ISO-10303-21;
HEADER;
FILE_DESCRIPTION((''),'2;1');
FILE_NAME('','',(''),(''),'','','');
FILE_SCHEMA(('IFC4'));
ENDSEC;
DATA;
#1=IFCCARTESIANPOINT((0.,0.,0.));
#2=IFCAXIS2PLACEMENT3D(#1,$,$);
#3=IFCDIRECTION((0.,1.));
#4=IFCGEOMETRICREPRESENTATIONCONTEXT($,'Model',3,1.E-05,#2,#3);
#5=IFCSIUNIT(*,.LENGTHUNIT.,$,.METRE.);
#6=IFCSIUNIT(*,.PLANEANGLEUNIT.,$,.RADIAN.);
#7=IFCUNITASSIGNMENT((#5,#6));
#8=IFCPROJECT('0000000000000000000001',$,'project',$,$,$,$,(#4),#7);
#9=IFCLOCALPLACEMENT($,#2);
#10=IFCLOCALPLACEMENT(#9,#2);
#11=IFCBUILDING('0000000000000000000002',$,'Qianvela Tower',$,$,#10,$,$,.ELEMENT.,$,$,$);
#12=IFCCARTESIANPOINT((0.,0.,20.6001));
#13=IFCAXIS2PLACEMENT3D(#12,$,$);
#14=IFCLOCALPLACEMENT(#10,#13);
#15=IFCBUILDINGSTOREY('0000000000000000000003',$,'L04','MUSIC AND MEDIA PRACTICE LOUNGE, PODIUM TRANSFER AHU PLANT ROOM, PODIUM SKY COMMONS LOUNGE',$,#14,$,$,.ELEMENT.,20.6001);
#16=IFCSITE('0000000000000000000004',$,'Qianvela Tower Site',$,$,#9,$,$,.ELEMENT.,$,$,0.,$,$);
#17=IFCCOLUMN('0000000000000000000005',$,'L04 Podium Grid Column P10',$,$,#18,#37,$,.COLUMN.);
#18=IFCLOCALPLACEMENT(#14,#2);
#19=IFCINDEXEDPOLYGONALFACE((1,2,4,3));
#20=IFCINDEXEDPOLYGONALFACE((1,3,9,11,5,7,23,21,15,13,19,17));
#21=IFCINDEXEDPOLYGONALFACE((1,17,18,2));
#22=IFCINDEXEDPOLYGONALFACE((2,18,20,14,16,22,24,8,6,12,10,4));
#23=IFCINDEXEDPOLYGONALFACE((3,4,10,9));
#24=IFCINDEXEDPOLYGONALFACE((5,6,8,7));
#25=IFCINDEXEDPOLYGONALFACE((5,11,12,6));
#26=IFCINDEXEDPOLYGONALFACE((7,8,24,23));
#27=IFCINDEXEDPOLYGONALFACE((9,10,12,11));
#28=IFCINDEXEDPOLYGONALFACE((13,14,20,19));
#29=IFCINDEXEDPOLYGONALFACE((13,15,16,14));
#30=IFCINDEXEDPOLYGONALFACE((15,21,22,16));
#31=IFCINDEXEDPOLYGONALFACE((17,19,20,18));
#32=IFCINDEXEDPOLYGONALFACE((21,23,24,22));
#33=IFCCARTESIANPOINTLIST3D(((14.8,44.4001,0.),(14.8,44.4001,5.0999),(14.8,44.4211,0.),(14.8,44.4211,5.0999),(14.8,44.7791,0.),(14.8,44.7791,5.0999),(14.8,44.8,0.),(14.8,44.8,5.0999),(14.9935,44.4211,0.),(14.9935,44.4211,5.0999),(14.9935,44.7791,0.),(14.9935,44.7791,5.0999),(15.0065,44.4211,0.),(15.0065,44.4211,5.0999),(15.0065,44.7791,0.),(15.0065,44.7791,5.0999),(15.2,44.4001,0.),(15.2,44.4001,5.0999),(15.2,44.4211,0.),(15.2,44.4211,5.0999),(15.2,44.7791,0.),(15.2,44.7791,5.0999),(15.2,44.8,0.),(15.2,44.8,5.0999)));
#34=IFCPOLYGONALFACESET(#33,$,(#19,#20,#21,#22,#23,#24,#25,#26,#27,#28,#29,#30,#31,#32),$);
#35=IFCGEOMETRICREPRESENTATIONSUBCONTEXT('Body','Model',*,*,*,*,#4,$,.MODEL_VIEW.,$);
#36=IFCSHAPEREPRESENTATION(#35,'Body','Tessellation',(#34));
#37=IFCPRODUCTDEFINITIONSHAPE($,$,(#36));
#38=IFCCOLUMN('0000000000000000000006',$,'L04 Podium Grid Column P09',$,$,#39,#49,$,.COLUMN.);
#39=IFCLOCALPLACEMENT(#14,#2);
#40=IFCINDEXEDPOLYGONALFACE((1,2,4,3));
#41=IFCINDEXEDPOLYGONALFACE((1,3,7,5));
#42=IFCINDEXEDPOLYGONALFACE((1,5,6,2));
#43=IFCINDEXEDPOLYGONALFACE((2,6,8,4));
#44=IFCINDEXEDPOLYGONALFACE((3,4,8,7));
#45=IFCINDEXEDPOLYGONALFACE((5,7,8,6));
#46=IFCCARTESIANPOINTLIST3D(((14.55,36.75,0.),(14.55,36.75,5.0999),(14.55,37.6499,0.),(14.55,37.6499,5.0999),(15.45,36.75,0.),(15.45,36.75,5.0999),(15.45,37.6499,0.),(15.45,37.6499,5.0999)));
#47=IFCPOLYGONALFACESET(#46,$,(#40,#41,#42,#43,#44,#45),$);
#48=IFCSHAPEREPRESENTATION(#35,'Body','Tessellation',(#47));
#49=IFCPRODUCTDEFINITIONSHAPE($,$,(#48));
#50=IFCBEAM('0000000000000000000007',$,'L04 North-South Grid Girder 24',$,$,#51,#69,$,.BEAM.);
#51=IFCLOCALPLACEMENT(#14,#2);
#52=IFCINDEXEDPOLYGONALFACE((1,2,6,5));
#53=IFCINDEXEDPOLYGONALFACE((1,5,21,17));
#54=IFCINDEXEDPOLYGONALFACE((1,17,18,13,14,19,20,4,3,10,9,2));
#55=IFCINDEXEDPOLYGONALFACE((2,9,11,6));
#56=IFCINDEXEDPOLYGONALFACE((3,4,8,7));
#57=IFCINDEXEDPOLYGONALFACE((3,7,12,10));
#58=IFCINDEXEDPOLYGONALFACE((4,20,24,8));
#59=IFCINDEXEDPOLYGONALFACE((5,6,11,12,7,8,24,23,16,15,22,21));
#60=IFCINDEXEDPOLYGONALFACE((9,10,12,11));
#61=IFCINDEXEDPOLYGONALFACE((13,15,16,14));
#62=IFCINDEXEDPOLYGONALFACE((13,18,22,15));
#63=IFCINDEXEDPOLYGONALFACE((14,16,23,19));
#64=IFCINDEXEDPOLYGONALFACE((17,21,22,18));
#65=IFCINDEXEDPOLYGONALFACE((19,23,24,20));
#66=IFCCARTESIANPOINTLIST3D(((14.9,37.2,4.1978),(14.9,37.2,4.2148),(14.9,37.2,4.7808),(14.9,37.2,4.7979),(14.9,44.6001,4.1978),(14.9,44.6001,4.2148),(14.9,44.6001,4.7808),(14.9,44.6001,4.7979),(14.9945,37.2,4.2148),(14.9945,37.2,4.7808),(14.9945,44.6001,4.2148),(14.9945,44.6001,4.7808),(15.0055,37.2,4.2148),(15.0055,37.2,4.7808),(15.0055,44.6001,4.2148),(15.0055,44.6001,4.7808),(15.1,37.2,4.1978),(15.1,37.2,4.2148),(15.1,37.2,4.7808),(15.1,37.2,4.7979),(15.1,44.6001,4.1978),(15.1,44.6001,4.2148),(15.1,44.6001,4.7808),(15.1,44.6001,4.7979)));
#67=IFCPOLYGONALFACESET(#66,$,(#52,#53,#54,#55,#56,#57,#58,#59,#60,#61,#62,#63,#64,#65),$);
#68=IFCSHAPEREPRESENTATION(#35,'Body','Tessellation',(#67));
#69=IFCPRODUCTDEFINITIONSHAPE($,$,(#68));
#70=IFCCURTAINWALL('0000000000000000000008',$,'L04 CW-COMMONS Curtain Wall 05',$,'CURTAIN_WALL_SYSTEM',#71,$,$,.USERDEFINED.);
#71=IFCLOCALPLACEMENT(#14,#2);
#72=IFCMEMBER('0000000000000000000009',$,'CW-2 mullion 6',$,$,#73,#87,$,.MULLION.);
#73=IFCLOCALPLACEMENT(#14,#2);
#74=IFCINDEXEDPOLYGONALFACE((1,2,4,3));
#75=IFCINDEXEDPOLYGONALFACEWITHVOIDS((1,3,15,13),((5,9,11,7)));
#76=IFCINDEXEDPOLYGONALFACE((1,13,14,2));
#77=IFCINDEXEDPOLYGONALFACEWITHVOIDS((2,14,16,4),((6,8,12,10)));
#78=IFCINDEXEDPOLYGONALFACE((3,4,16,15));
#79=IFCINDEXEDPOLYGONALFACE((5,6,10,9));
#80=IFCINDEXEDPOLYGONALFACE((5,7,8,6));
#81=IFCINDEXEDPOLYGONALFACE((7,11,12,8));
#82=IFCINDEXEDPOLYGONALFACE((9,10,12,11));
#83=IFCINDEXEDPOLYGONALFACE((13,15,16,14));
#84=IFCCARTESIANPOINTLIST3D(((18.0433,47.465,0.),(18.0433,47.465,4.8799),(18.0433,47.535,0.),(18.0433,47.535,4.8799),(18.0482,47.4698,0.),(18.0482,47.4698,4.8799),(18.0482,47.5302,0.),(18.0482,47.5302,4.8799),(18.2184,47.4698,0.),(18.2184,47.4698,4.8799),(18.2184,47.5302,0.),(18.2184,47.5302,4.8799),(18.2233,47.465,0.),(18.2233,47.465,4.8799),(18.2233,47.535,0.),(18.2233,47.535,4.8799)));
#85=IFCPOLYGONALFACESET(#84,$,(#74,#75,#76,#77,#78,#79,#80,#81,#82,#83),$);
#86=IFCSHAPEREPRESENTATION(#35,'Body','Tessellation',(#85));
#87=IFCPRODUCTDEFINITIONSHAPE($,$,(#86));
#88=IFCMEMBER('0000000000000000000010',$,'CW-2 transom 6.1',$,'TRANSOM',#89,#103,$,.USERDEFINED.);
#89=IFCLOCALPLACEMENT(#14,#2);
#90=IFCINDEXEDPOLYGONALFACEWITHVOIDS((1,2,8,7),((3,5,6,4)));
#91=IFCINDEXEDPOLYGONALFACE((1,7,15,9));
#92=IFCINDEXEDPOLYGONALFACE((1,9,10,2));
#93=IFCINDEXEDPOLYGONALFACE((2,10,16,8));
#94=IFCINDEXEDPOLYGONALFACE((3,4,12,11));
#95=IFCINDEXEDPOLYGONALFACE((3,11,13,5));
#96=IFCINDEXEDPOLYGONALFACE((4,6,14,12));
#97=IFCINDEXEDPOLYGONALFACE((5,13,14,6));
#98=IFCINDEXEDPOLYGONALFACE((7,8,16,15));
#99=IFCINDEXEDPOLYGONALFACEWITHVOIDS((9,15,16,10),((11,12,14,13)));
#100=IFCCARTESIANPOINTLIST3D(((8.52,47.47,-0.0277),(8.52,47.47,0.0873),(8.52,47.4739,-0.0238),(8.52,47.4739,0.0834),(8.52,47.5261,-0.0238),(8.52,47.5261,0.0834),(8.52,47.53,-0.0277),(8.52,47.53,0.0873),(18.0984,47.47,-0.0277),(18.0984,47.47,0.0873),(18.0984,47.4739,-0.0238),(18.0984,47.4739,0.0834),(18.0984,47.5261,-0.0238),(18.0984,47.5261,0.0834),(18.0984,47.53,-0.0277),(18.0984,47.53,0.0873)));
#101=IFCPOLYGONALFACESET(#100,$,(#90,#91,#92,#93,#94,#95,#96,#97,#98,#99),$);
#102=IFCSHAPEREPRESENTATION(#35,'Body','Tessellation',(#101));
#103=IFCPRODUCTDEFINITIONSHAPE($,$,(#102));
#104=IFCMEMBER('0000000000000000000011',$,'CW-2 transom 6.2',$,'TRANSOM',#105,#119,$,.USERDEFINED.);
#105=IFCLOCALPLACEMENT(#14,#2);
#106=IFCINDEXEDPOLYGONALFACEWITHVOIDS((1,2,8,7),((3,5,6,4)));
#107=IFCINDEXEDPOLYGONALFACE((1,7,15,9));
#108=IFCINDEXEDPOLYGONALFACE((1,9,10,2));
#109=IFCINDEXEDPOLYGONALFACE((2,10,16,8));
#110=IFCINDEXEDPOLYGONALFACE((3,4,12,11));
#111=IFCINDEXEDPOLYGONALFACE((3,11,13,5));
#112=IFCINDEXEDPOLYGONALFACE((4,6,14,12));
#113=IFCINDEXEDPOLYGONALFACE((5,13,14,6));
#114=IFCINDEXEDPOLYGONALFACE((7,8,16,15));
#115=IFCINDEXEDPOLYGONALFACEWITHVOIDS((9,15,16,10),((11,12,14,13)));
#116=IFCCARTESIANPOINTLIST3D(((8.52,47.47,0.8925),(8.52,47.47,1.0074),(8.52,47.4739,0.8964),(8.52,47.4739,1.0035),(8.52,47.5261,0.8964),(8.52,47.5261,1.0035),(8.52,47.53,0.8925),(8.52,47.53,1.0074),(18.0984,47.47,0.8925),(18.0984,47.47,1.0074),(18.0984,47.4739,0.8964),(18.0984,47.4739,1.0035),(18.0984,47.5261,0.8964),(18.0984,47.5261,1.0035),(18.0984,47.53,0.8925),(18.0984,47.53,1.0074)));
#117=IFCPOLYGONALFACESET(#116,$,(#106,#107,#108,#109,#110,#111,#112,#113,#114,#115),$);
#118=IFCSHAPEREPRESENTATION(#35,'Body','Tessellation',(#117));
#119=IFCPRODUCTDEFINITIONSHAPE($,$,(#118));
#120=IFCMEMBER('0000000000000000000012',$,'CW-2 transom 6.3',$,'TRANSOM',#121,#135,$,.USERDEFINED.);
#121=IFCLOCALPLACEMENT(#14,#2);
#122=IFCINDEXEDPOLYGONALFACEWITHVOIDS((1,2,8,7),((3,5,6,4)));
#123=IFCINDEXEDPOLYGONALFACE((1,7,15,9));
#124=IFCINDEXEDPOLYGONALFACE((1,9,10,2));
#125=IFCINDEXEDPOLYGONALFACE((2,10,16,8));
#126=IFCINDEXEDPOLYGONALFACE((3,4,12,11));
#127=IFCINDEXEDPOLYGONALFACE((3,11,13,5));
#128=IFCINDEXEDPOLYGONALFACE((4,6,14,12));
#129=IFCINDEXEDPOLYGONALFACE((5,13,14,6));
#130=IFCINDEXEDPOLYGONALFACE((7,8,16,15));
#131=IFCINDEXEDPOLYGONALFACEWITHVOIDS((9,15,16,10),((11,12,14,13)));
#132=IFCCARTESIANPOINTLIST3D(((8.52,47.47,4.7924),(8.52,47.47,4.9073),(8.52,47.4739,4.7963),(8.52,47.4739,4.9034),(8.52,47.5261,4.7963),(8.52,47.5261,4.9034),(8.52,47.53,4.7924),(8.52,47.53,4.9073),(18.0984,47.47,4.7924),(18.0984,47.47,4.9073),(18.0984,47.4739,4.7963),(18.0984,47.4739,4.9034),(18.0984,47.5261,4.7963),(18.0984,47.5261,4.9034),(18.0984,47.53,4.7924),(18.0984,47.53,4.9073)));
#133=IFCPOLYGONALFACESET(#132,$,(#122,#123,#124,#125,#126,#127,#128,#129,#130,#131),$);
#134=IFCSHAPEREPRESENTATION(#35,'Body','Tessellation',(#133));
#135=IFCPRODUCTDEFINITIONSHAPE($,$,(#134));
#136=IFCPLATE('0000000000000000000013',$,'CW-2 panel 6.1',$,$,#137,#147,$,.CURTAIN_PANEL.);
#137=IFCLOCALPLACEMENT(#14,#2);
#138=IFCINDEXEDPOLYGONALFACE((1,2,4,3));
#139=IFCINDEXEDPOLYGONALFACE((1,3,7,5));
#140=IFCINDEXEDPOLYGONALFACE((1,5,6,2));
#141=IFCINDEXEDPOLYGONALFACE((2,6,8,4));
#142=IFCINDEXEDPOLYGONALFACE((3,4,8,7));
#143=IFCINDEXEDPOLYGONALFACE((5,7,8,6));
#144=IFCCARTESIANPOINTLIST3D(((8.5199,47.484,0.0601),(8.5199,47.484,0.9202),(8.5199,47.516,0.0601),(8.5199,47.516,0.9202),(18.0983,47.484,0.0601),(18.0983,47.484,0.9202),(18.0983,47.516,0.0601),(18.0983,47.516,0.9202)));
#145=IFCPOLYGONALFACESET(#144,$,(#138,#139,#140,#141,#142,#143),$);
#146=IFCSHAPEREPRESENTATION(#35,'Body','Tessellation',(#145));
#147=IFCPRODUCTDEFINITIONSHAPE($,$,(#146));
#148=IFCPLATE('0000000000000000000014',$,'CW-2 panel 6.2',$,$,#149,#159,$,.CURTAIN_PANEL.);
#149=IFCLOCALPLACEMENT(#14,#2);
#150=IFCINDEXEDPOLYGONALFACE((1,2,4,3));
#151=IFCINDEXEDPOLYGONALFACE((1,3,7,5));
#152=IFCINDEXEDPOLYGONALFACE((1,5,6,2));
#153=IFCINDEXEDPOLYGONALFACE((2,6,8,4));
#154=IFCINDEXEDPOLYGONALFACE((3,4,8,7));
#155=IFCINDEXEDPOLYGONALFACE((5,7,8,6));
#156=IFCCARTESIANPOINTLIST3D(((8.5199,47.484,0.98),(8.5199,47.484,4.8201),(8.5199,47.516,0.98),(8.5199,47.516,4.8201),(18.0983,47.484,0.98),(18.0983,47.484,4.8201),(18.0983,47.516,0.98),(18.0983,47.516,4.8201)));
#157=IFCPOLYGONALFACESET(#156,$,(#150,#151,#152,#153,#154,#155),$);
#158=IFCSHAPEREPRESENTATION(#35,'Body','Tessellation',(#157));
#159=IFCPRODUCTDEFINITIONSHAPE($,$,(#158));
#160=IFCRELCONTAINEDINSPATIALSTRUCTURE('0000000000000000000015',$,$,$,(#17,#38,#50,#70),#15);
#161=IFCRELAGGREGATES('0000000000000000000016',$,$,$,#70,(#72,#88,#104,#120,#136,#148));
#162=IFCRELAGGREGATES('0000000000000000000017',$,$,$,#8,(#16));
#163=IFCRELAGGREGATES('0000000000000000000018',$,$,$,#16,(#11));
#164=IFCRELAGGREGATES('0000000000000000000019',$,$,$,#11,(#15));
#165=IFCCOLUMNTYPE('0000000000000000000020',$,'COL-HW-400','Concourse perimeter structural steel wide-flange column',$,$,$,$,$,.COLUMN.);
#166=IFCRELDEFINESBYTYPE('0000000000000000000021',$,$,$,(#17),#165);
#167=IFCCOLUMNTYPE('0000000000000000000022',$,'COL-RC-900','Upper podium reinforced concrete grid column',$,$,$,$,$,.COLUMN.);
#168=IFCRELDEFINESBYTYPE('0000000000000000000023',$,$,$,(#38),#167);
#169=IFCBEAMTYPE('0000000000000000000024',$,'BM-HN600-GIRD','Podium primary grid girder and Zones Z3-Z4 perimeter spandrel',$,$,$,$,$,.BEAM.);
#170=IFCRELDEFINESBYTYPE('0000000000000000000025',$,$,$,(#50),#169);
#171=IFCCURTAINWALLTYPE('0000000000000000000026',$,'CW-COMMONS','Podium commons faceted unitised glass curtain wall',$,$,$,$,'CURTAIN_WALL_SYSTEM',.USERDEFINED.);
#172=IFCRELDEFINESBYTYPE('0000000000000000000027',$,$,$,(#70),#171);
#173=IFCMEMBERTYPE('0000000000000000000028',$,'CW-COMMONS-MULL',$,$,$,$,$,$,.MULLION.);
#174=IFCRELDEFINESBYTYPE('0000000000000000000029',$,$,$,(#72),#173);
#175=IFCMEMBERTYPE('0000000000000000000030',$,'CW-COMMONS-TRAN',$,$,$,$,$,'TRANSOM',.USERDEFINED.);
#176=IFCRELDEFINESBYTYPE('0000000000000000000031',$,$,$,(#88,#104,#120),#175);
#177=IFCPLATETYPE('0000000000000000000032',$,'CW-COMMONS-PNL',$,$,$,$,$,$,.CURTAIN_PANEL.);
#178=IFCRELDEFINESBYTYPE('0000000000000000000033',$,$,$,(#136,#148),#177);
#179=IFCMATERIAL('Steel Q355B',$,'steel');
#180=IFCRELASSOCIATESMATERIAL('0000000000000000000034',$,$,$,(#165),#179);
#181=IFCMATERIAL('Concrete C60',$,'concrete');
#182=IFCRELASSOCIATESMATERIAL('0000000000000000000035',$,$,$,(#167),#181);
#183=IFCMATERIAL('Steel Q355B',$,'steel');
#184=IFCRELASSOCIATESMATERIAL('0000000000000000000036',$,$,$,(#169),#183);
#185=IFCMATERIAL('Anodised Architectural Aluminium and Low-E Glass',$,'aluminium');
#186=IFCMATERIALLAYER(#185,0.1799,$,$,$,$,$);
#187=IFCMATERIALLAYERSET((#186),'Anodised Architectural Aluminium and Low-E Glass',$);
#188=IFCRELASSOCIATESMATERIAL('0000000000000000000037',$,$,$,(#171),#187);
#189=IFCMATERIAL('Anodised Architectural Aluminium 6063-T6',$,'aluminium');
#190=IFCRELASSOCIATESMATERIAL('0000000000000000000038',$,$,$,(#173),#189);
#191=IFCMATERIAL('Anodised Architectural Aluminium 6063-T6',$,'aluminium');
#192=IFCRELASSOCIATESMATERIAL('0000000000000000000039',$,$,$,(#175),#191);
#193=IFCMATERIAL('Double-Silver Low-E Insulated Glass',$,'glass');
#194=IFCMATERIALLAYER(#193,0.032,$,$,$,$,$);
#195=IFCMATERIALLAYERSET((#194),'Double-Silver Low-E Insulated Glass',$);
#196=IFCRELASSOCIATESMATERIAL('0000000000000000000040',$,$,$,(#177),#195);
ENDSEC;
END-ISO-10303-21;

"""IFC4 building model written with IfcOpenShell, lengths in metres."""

from ifc_helpers import new_model, si_unit, direction, frame, origin, origin_2d, place, context, subcontext, project, spatial, rectangle, hollow_rectangle, i_section, extrude, material, layer, layer_set, material_profile, profile_set, type_object, element, aggregate, save


model = new_model("IFC4")

# Units and contexts
model_context = context("Model", 3, precision=1e-05, world=origin(), true_north=direction((0.0, 1.0)))
body_context = subcontext(model_context, "Body", "Model", "MODEL_VIEW")
ifc_project = project(units=[si_unit("LENGTHUNIT", "METRE"), si_unit("PLANEANGLEUNIT", "RADIAN")], contexts=[model_context])

# Site, building, storey
site_placement = place(None, origin())
site = spatial("IfcSite", under=ifc_project, at=site_placement, Name="Qianvela Tower Site", CompositionType="ELEMENT", RefElevation=0.0)
building_placement = place(site_placement, origin())
building = spatial("IfcBuilding", under=site, at=building_placement, Name="Qianvela Tower", CompositionType="ELEMENT")
storey_placement = place(building_placement, frame((0.0, 0.0, 20.6001)))
storey = spatial("IfcBuildingStorey", under=building, at=storey_placement, Name="L04", Description="MUSIC AND MEDIA PRACTICE LOUNGE, PODIUM TRANSFER AHU PLANT ROOM, PODIUM SKY COMMONS LOUNGE", CompositionType="ELEMENT", Elevation=20.6001)

# Columns
ifc_material_1 = material(Name="Steel Q355B", Category="steel")
ifc_material_profile_1 = material_profile(ifc_material_1, i_section(OverallWidth=0.3999, OverallDepth=0.3999, WebThickness=0.0129, FlangeThickness=0.021, at=origin_2d()), Name="HW400x400x13x21")
ifc_profile_set_1 = profile_set([ifc_material_profile_1], Name="Steel Q355B")
column_type_1 = type_object("IfcColumnType", Name="COL-HW-400", Description="Concourse perimeter structural steel wide-flange column", PredefinedType="COLUMN", material=ifc_profile_set_1)
column_1_placement = place(storey_placement, frame((15.0, 44.6001, 0.0), z_axis=(0.0, 0.0, 1.0), x_axis=(1.0, 0.0, 0.0)))
element("IfcColumn", 1, at=column_1_placement, inside=storey, type_object=column_type_1, Name="L04 Podium Grid Column P10", PredefinedType="COLUMN", context=body_context, shape_type="SweptSolid", body=[
    extrude(i_section(OverallWidth=0.3999, OverallDepth=0.3999, WebThickness=0.0129, FlangeThickness=0.021, at=origin_2d()), origin(), (0.0, 0.0, 1.0), 5.0999),
])
ifc_material_2 = material(Name="Concrete C60", Category="concrete")
ifc_material_profile_2 = material_profile(ifc_material_2, rectangle(XDim=0.8999, YDim=0.8999, at=origin_2d()), Name="RC-COL-900x900")
ifc_profile_set_2 = profile_set([ifc_material_profile_2], Name="Concrete C60")
column_type_2 = type_object("IfcColumnType", Name="COL-RC-900", Description="Upper podium reinforced concrete grid column", PredefinedType="COLUMN", material=ifc_profile_set_2)
column_2_placement = place(storey_placement, frame((15.0, 37.2, 0.0), z_axis=(0.0, 0.0, 1.0), x_axis=(1.0, 0.0, 0.0)))
element("IfcColumn", 2, at=column_2_placement, inside=storey, type_object=column_type_2, Name="L04 Podium Grid Column P09", PredefinedType="COLUMN", context=body_context, shape_type="SweptSolid", body=[
    extrude(rectangle(XDim=0.8999, YDim=0.8999, at=origin_2d()), origin(), (0.0, 0.0, 1.0), 5.0999),
])

# Beam
ifc_material_3 = material(Name="Steel Q355B", Category="steel")
ifc_material_profile_3 = material_profile(ifc_material_3, i_section(OverallWidth=0.2, OverallDepth=0.6001, WebThickness=0.011, FlangeThickness=0.0171, at=origin_2d()), Name="HN600x200x11x17")
ifc_profile_set_3 = profile_set([ifc_material_profile_3], Name="Steel Q355B")
beam_type = type_object("IfcBeamType", Name="BM-HN600-GIRD", Description="Podium primary grid girder and Zones Z3-Z4 perimeter spandrel", PredefinedType="BEAM", material=ifc_profile_set_3)
beam_placement = place(storey_placement, frame((15.0, 37.2, 4.4978), z_axis=(0.0, 1.0, 0.0), x_axis=(-1.0, 0.0, 0.0)))
element("IfcBeam", 3, at=beam_placement, inside=storey, type_object=beam_type, Name="L04 North-South Grid Girder 24", PredefinedType="BEAM", context=body_context, shape_type="SweptSolid", body=[
    extrude(i_section(OverallWidth=0.2, OverallDepth=0.6001, WebThickness=0.011, FlangeThickness=0.0171, at=origin_2d()), origin(), (0.0, 0.0, 1.0), 7.4001),
])

# Curtain wall, members, plates
ifc_material_4 = material(Name="Anodised Architectural Aluminium and Low-E Glass", Category="aluminium")
ifc_layer_1 = layer(ifc_material_4, 0.1799)
ifc_layer_set_1 = layer_set([ifc_layer_1], Name="Anodised Architectural Aluminium and Low-E Glass")
curtain_wall_type = type_object("IfcCurtainWallType", Name="CW-COMMONS", Description="Podium commons faceted unitised glass curtain wall", ElementType="CURTAIN_WALL_SYSTEM", PredefinedType="USERDEFINED", material=ifc_layer_set_1)
curtain_wall_placement = place(storey_placement, origin())
curtain_wall = element("IfcCurtainWall", 4, at=curtain_wall_placement, inside=storey, type_object=curtain_wall_type, Name="L04 CW-COMMONS Curtain Wall 05", ObjectType="CURTAIN_WALL_SYSTEM", PredefinedType="USERDEFINED")
ifc_material_5 = material(Name="Anodised Architectural Aluminium 6063-T6", Category="aluminium")
ifc_material_profile_4 = material_profile(ifc_material_5, hollow_rectangle(XDim=0.0701, YDim=0.1799, WallThickness=0.0049, at=origin_2d()), Name="ALU-MULL-70x180")
ifc_profile_set_4 = profile_set([ifc_material_profile_4], Name="Anodised Architectural Aluminium 6063-T6")
member_type_1 = type_object("IfcMemberType", Name="CW-COMMONS-MULL", PredefinedType="MULLION", material=ifc_profile_set_4)
member_1_placement = place(storey_placement, frame((18.1333, 47.5, 0.0), z_axis=(0.0, 0.0, 1.0), x_axis=(0.0, -1.0, 0.0)))
member_1 = element("IfcMember", 5, at=member_1_placement, type_object=member_type_1, Name="CW-2 mullion 6", PredefinedType="MULLION", context=body_context, shape_type="SweptSolid", body=[
    extrude(hollow_rectangle(XDim=0.0701, YDim=0.1799, WallThickness=0.0049, at=origin_2d()), origin(), (0.0, 0.0, 1.0), 4.8799),
])
ifc_material_6 = material(Name="Anodised Architectural Aluminium 6063-T6", Category="aluminium")
ifc_material_profile_5 = material_profile(ifc_material_6, hollow_rectangle(XDim=0.0601, YDim=0.115, WallThickness=0.0039, at=origin_2d()), Name="ALU-TRAN-60x115")
ifc_profile_set_5 = profile_set([ifc_material_profile_5], Name="Anodised Architectural Aluminium 6063-T6")
member_type_2 = type_object("IfcMemberType", Name="CW-COMMONS-TRAN", ElementType="TRANSOM", PredefinedType="USERDEFINED", material=ifc_profile_set_5)
member_2_placement = place(storey_placement, frame((18.0984, 47.5, 0.0298), z_axis=(-1.0, 0.0, 0.0), x_axis=(0.0, -1.0, 0.0)))
member_2 = element("IfcMember", 6, at=member_2_placement, type_object=member_type_2, Name="CW-2 transom 6.1", ObjectType="TRANSOM", PredefinedType="USERDEFINED", context=body_context, shape_type="SweptSolid", body=[
    extrude(hollow_rectangle(XDim=0.0601, YDim=0.115, WallThickness=0.0039, at=origin_2d()), origin(), (0.0, 0.0, 1.0), 9.5784),
])
member_3_placement = place(storey_placement, frame((18.0984, 47.5, 0.95), z_axis=(-1.0, 0.0, 0.0), x_axis=(0.0, -1.0, 0.0)))
member_3 = element("IfcMember", 7, at=member_3_placement, type_object=member_type_2, Name="CW-2 transom 6.2", ObjectType="TRANSOM", PredefinedType="USERDEFINED", context=body_context, shape_type="SweptSolid", body=[
    extrude(hollow_rectangle(XDim=0.0601, YDim=0.115, WallThickness=0.0039, at=origin_2d()), origin(), (0.0, 0.0, 1.0), 9.5784),
])
member_4_placement = place(storey_placement, frame((18.0984, 47.5, 4.8499), z_axis=(-1.0, 0.0, 0.0), x_axis=(0.0, -1.0, 0.0)))
member_4 = element("IfcMember", 8, at=member_4_placement, type_object=member_type_2, Name="CW-2 transom 6.3", ObjectType="TRANSOM", PredefinedType="USERDEFINED", context=body_context, shape_type="SweptSolid", body=[
    extrude(hollow_rectangle(XDim=0.0601, YDim=0.115, WallThickness=0.0039, at=origin_2d()), origin(), (0.0, 0.0, 1.0), 9.5784),
])
ifc_material_7 = material(Name="Double-Silver Low-E Insulated Glass", Category="glass")
ifc_layer_2 = layer(ifc_material_7, 0.032)
ifc_layer_set_2 = layer_set([ifc_layer_2], Name="Double-Silver Low-E Insulated Glass")
plate_type = type_object("IfcPlateType", Name="CW-COMMONS-PNL", PredefinedType="CURTAIN_PANEL", material=ifc_layer_set_2)
plate_1_placement = place(storey_placement, frame((13.3091, 47.5, 0.0601), z_axis=(0.0, 0.0, 1.0), x_axis=(-1.0, 0.0, 0.0)))
plate_1 = element("IfcPlate", 9, at=plate_1_placement, type_object=plate_type, Name="CW-2 panel 6.1", PredefinedType="CURTAIN_PANEL", context=body_context, shape_type="SweptSolid", body=[
    extrude(rectangle(XDim=9.5784, YDim=0.032, at=origin_2d()), origin(), (0.0, 0.0, 1.0), 0.8601),
])
plate_2_placement = place(storey_placement, frame((13.3091, 47.5, 0.98), z_axis=(0.0, 0.0, 1.0), x_axis=(-1.0, 0.0, 0.0)))
plate_2 = element("IfcPlate", 10, at=plate_2_placement, type_object=plate_type, Name="CW-2 panel 6.2", PredefinedType="CURTAIN_PANEL", context=body_context, shape_type="SweptSolid", body=[
    extrude(rectangle(XDim=9.5784, YDim=0.032, at=origin_2d()), origin(), (0.0, 0.0, 1.0), 3.8401),
])
aggregate(curtain_wall, [member_1, member_2, member_3, member_4, plate_1, plate_2])

save(model, "model.ifc")
